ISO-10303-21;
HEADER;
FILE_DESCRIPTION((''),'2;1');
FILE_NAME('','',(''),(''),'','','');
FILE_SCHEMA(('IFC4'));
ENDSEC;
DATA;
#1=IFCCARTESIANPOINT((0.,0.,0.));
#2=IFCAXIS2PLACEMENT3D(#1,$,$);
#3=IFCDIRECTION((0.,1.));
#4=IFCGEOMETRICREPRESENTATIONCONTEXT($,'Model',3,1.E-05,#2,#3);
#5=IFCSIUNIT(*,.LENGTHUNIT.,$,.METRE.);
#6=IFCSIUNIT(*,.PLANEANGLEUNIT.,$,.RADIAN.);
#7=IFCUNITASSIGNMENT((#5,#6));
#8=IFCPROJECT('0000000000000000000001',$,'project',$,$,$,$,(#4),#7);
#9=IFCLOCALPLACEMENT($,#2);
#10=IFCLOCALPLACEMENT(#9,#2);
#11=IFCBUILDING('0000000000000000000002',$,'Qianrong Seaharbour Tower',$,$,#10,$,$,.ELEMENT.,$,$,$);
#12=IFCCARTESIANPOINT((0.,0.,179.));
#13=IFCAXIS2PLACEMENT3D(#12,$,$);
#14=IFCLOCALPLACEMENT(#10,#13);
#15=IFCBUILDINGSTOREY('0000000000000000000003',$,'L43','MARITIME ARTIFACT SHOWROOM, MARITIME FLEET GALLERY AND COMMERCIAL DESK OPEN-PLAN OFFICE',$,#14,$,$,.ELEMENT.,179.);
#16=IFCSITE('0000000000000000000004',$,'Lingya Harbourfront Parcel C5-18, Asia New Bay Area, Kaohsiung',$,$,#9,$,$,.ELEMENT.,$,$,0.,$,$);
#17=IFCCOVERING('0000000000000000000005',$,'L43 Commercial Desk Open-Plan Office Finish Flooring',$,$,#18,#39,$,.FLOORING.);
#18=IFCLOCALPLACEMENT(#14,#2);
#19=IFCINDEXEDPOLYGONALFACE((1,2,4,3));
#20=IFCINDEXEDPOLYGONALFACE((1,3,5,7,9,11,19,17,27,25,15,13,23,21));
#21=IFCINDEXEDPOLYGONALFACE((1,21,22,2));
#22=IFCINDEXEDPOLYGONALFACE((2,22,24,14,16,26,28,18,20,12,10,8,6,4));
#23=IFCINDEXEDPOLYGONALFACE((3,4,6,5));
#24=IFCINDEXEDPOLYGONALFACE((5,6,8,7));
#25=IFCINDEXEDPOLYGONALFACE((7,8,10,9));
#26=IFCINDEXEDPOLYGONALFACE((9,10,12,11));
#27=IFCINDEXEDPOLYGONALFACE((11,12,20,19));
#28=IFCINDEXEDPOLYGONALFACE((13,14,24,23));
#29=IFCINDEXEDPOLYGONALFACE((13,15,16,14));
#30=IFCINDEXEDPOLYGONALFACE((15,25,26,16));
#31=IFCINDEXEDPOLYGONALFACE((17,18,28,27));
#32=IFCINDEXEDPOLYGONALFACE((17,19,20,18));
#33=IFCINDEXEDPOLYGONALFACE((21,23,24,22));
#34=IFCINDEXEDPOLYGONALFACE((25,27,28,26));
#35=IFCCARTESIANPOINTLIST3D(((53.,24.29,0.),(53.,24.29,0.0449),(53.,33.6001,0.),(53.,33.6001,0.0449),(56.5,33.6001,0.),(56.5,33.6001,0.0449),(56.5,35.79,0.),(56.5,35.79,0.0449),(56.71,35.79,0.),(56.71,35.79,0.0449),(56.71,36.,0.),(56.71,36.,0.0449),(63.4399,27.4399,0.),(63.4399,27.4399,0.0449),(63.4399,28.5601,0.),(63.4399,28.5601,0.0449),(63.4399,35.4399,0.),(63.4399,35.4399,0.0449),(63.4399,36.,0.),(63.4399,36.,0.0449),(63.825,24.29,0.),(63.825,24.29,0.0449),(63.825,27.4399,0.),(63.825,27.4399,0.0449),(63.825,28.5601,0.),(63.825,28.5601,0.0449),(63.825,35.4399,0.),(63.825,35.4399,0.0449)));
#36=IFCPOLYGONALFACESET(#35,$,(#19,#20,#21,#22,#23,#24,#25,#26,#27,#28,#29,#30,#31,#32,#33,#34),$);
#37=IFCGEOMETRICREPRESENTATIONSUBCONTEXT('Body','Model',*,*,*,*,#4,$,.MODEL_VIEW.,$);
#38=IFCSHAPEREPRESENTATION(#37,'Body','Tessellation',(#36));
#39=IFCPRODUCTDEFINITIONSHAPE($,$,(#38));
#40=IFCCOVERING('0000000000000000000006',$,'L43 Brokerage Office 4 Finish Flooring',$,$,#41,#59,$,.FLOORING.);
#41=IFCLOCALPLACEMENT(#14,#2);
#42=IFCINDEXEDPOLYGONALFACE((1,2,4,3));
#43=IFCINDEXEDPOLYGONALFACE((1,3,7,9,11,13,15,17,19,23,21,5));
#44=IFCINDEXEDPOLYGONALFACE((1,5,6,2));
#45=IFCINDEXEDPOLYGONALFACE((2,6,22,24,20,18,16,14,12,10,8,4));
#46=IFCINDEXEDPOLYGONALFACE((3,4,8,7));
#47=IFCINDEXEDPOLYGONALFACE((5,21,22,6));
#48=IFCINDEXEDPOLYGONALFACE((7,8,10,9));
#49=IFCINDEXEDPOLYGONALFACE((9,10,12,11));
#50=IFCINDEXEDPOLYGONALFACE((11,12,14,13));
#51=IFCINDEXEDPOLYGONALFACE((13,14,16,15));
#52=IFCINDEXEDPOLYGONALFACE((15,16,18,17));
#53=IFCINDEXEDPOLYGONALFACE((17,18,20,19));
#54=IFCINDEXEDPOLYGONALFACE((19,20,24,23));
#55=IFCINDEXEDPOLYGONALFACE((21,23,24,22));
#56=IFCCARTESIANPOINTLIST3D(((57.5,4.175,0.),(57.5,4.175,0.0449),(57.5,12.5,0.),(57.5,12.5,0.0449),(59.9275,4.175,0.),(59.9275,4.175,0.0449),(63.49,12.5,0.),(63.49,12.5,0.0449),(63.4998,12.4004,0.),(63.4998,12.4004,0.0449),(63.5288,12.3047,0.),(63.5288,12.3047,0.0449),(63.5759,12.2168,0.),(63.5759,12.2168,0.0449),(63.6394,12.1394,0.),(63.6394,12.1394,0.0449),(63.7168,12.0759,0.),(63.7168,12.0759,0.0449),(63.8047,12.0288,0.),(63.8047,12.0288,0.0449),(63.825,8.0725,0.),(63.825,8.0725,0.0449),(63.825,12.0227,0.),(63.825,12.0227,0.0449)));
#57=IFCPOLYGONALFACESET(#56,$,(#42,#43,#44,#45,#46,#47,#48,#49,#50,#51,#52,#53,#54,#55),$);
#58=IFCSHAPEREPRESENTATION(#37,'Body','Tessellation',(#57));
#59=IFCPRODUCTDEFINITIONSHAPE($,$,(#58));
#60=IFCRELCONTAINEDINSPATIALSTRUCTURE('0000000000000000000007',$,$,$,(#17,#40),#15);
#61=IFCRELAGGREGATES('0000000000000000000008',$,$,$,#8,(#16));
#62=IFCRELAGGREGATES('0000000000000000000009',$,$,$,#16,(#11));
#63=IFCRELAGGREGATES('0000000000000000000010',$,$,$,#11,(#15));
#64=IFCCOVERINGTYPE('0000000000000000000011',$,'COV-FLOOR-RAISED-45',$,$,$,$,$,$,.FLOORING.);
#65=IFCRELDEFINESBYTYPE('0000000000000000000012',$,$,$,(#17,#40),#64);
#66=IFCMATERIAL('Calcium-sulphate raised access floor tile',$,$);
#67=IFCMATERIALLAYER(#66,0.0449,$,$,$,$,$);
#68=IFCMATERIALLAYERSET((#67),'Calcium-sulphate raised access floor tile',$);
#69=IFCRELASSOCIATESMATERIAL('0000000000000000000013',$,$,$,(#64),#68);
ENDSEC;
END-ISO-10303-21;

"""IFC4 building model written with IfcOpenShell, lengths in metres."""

from ifc_helpers import new_model, si_unit, direction, frame, origin, place, context, subcontext, project, spatial, polyline, outline, extrude, material, layer, layer_set, type_object, element, save


model = new_model("IFC4")

# Units and contexts
model_context = context("Model", 3, precision=1e-05, world=origin(), true_north=direction((0.0, 1.0)))
body_context = subcontext(model_context, "Body", "Model", "MODEL_VIEW")
ifc_project = project(units=[si_unit("LENGTHUNIT", "METRE"), si_unit("PLANEANGLEUNIT", "RADIAN")], contexts=[model_context])

# Site, building, storey
site_placement = place(None, origin())
site = spatial("IfcSite", under=ifc_project, at=site_placement, Name="Lingya Harbourfront Parcel C5-18, Asia New Bay Area, Kaohsiung", CompositionType="ELEMENT", RefElevation=0.0)
building_placement = place(site_placement, origin())
building = spatial("IfcBuilding", under=site, at=building_placement, Name="Qianrong Seaharbour Tower", CompositionType="ELEMENT")
storey_placement = place(building_placement, frame((0.0, 0.0, 179.0)))
storey = spatial("IfcBuildingStorey", under=building, at=storey_placement, Name="L43", Description="MARITIME ARTIFACT SHOWROOM, MARITIME FLEET GALLERY AND COMMERCIAL DESK OPEN-PLAN OFFICE", CompositionType="ELEMENT", Elevation=179.0)

# Coverings
ifc_material_1 = material(Name="Calcium-sulphate raised access floor tile")
ifc_layer_1 = layer(ifc_material_1, 0.0449)
ifc_layer_set_1 = layer_set([ifc_layer_1], Name="Calcium-sulphate raised access floor tile")
covering_type_1 = type_object("IfcCoveringType", Name="COV-FLOOR-RAISED-45", PredefinedType="FLOORING", material=ifc_layer_set_1)
covering_1_placement = place(storey_placement, origin())
element("IfcCovering", 1, at=covering_1_placement, inside=storey, type_object=covering_type_1, Name="L43 Commercial Desk Open-Plan Office Finish Flooring", PredefinedType="FLOORING", context=body_context, shape_type="SweptSolid", body=[
    extrude(outline(polyline([(56.5, 33.6001), (56.5, 35.79), (56.71, 35.79), (56.71, 36.0), (63.4399, 36.0), (63.4399, 35.4399), (63.825, 35.4399), (63.825, 28.5601), (63.4399, 28.5601), (63.4399, 27.4399), (63.825, 27.4399), (63.825, 24.29), (53.0, 24.29), (53.0, 33.6001), (56.5, 33.6001)])), origin(), (0.0, 0.0, 1.0), 0.0449),
])
covering_2_placement = place(storey_placement, origin())
element("IfcCovering", 2, at=covering_2_placement, inside=storey, type_object=covering_type_1, Name="L43 Brokerage Office 4 Finish Flooring", PredefinedType="FLOORING", context=body_context, shape_type="SweptSolid", body=[
    extrude(outline(polyline([(63.825, 8.0725), (59.9275, 4.175), (57.5, 4.175), (57.5, 12.5), (63.49, 12.5), (63.4998, 12.4004), (63.5288, 12.3047), (63.5759, 12.2168), (63.6394, 12.1394), (63.7168, 12.0759), (63.8047, 12.0288), (63.825, 12.0227), (63.825, 8.0725)])), origin(), (0.0, 0.0, 1.0), 0.0449),
])

save(model, "model.ifc")
